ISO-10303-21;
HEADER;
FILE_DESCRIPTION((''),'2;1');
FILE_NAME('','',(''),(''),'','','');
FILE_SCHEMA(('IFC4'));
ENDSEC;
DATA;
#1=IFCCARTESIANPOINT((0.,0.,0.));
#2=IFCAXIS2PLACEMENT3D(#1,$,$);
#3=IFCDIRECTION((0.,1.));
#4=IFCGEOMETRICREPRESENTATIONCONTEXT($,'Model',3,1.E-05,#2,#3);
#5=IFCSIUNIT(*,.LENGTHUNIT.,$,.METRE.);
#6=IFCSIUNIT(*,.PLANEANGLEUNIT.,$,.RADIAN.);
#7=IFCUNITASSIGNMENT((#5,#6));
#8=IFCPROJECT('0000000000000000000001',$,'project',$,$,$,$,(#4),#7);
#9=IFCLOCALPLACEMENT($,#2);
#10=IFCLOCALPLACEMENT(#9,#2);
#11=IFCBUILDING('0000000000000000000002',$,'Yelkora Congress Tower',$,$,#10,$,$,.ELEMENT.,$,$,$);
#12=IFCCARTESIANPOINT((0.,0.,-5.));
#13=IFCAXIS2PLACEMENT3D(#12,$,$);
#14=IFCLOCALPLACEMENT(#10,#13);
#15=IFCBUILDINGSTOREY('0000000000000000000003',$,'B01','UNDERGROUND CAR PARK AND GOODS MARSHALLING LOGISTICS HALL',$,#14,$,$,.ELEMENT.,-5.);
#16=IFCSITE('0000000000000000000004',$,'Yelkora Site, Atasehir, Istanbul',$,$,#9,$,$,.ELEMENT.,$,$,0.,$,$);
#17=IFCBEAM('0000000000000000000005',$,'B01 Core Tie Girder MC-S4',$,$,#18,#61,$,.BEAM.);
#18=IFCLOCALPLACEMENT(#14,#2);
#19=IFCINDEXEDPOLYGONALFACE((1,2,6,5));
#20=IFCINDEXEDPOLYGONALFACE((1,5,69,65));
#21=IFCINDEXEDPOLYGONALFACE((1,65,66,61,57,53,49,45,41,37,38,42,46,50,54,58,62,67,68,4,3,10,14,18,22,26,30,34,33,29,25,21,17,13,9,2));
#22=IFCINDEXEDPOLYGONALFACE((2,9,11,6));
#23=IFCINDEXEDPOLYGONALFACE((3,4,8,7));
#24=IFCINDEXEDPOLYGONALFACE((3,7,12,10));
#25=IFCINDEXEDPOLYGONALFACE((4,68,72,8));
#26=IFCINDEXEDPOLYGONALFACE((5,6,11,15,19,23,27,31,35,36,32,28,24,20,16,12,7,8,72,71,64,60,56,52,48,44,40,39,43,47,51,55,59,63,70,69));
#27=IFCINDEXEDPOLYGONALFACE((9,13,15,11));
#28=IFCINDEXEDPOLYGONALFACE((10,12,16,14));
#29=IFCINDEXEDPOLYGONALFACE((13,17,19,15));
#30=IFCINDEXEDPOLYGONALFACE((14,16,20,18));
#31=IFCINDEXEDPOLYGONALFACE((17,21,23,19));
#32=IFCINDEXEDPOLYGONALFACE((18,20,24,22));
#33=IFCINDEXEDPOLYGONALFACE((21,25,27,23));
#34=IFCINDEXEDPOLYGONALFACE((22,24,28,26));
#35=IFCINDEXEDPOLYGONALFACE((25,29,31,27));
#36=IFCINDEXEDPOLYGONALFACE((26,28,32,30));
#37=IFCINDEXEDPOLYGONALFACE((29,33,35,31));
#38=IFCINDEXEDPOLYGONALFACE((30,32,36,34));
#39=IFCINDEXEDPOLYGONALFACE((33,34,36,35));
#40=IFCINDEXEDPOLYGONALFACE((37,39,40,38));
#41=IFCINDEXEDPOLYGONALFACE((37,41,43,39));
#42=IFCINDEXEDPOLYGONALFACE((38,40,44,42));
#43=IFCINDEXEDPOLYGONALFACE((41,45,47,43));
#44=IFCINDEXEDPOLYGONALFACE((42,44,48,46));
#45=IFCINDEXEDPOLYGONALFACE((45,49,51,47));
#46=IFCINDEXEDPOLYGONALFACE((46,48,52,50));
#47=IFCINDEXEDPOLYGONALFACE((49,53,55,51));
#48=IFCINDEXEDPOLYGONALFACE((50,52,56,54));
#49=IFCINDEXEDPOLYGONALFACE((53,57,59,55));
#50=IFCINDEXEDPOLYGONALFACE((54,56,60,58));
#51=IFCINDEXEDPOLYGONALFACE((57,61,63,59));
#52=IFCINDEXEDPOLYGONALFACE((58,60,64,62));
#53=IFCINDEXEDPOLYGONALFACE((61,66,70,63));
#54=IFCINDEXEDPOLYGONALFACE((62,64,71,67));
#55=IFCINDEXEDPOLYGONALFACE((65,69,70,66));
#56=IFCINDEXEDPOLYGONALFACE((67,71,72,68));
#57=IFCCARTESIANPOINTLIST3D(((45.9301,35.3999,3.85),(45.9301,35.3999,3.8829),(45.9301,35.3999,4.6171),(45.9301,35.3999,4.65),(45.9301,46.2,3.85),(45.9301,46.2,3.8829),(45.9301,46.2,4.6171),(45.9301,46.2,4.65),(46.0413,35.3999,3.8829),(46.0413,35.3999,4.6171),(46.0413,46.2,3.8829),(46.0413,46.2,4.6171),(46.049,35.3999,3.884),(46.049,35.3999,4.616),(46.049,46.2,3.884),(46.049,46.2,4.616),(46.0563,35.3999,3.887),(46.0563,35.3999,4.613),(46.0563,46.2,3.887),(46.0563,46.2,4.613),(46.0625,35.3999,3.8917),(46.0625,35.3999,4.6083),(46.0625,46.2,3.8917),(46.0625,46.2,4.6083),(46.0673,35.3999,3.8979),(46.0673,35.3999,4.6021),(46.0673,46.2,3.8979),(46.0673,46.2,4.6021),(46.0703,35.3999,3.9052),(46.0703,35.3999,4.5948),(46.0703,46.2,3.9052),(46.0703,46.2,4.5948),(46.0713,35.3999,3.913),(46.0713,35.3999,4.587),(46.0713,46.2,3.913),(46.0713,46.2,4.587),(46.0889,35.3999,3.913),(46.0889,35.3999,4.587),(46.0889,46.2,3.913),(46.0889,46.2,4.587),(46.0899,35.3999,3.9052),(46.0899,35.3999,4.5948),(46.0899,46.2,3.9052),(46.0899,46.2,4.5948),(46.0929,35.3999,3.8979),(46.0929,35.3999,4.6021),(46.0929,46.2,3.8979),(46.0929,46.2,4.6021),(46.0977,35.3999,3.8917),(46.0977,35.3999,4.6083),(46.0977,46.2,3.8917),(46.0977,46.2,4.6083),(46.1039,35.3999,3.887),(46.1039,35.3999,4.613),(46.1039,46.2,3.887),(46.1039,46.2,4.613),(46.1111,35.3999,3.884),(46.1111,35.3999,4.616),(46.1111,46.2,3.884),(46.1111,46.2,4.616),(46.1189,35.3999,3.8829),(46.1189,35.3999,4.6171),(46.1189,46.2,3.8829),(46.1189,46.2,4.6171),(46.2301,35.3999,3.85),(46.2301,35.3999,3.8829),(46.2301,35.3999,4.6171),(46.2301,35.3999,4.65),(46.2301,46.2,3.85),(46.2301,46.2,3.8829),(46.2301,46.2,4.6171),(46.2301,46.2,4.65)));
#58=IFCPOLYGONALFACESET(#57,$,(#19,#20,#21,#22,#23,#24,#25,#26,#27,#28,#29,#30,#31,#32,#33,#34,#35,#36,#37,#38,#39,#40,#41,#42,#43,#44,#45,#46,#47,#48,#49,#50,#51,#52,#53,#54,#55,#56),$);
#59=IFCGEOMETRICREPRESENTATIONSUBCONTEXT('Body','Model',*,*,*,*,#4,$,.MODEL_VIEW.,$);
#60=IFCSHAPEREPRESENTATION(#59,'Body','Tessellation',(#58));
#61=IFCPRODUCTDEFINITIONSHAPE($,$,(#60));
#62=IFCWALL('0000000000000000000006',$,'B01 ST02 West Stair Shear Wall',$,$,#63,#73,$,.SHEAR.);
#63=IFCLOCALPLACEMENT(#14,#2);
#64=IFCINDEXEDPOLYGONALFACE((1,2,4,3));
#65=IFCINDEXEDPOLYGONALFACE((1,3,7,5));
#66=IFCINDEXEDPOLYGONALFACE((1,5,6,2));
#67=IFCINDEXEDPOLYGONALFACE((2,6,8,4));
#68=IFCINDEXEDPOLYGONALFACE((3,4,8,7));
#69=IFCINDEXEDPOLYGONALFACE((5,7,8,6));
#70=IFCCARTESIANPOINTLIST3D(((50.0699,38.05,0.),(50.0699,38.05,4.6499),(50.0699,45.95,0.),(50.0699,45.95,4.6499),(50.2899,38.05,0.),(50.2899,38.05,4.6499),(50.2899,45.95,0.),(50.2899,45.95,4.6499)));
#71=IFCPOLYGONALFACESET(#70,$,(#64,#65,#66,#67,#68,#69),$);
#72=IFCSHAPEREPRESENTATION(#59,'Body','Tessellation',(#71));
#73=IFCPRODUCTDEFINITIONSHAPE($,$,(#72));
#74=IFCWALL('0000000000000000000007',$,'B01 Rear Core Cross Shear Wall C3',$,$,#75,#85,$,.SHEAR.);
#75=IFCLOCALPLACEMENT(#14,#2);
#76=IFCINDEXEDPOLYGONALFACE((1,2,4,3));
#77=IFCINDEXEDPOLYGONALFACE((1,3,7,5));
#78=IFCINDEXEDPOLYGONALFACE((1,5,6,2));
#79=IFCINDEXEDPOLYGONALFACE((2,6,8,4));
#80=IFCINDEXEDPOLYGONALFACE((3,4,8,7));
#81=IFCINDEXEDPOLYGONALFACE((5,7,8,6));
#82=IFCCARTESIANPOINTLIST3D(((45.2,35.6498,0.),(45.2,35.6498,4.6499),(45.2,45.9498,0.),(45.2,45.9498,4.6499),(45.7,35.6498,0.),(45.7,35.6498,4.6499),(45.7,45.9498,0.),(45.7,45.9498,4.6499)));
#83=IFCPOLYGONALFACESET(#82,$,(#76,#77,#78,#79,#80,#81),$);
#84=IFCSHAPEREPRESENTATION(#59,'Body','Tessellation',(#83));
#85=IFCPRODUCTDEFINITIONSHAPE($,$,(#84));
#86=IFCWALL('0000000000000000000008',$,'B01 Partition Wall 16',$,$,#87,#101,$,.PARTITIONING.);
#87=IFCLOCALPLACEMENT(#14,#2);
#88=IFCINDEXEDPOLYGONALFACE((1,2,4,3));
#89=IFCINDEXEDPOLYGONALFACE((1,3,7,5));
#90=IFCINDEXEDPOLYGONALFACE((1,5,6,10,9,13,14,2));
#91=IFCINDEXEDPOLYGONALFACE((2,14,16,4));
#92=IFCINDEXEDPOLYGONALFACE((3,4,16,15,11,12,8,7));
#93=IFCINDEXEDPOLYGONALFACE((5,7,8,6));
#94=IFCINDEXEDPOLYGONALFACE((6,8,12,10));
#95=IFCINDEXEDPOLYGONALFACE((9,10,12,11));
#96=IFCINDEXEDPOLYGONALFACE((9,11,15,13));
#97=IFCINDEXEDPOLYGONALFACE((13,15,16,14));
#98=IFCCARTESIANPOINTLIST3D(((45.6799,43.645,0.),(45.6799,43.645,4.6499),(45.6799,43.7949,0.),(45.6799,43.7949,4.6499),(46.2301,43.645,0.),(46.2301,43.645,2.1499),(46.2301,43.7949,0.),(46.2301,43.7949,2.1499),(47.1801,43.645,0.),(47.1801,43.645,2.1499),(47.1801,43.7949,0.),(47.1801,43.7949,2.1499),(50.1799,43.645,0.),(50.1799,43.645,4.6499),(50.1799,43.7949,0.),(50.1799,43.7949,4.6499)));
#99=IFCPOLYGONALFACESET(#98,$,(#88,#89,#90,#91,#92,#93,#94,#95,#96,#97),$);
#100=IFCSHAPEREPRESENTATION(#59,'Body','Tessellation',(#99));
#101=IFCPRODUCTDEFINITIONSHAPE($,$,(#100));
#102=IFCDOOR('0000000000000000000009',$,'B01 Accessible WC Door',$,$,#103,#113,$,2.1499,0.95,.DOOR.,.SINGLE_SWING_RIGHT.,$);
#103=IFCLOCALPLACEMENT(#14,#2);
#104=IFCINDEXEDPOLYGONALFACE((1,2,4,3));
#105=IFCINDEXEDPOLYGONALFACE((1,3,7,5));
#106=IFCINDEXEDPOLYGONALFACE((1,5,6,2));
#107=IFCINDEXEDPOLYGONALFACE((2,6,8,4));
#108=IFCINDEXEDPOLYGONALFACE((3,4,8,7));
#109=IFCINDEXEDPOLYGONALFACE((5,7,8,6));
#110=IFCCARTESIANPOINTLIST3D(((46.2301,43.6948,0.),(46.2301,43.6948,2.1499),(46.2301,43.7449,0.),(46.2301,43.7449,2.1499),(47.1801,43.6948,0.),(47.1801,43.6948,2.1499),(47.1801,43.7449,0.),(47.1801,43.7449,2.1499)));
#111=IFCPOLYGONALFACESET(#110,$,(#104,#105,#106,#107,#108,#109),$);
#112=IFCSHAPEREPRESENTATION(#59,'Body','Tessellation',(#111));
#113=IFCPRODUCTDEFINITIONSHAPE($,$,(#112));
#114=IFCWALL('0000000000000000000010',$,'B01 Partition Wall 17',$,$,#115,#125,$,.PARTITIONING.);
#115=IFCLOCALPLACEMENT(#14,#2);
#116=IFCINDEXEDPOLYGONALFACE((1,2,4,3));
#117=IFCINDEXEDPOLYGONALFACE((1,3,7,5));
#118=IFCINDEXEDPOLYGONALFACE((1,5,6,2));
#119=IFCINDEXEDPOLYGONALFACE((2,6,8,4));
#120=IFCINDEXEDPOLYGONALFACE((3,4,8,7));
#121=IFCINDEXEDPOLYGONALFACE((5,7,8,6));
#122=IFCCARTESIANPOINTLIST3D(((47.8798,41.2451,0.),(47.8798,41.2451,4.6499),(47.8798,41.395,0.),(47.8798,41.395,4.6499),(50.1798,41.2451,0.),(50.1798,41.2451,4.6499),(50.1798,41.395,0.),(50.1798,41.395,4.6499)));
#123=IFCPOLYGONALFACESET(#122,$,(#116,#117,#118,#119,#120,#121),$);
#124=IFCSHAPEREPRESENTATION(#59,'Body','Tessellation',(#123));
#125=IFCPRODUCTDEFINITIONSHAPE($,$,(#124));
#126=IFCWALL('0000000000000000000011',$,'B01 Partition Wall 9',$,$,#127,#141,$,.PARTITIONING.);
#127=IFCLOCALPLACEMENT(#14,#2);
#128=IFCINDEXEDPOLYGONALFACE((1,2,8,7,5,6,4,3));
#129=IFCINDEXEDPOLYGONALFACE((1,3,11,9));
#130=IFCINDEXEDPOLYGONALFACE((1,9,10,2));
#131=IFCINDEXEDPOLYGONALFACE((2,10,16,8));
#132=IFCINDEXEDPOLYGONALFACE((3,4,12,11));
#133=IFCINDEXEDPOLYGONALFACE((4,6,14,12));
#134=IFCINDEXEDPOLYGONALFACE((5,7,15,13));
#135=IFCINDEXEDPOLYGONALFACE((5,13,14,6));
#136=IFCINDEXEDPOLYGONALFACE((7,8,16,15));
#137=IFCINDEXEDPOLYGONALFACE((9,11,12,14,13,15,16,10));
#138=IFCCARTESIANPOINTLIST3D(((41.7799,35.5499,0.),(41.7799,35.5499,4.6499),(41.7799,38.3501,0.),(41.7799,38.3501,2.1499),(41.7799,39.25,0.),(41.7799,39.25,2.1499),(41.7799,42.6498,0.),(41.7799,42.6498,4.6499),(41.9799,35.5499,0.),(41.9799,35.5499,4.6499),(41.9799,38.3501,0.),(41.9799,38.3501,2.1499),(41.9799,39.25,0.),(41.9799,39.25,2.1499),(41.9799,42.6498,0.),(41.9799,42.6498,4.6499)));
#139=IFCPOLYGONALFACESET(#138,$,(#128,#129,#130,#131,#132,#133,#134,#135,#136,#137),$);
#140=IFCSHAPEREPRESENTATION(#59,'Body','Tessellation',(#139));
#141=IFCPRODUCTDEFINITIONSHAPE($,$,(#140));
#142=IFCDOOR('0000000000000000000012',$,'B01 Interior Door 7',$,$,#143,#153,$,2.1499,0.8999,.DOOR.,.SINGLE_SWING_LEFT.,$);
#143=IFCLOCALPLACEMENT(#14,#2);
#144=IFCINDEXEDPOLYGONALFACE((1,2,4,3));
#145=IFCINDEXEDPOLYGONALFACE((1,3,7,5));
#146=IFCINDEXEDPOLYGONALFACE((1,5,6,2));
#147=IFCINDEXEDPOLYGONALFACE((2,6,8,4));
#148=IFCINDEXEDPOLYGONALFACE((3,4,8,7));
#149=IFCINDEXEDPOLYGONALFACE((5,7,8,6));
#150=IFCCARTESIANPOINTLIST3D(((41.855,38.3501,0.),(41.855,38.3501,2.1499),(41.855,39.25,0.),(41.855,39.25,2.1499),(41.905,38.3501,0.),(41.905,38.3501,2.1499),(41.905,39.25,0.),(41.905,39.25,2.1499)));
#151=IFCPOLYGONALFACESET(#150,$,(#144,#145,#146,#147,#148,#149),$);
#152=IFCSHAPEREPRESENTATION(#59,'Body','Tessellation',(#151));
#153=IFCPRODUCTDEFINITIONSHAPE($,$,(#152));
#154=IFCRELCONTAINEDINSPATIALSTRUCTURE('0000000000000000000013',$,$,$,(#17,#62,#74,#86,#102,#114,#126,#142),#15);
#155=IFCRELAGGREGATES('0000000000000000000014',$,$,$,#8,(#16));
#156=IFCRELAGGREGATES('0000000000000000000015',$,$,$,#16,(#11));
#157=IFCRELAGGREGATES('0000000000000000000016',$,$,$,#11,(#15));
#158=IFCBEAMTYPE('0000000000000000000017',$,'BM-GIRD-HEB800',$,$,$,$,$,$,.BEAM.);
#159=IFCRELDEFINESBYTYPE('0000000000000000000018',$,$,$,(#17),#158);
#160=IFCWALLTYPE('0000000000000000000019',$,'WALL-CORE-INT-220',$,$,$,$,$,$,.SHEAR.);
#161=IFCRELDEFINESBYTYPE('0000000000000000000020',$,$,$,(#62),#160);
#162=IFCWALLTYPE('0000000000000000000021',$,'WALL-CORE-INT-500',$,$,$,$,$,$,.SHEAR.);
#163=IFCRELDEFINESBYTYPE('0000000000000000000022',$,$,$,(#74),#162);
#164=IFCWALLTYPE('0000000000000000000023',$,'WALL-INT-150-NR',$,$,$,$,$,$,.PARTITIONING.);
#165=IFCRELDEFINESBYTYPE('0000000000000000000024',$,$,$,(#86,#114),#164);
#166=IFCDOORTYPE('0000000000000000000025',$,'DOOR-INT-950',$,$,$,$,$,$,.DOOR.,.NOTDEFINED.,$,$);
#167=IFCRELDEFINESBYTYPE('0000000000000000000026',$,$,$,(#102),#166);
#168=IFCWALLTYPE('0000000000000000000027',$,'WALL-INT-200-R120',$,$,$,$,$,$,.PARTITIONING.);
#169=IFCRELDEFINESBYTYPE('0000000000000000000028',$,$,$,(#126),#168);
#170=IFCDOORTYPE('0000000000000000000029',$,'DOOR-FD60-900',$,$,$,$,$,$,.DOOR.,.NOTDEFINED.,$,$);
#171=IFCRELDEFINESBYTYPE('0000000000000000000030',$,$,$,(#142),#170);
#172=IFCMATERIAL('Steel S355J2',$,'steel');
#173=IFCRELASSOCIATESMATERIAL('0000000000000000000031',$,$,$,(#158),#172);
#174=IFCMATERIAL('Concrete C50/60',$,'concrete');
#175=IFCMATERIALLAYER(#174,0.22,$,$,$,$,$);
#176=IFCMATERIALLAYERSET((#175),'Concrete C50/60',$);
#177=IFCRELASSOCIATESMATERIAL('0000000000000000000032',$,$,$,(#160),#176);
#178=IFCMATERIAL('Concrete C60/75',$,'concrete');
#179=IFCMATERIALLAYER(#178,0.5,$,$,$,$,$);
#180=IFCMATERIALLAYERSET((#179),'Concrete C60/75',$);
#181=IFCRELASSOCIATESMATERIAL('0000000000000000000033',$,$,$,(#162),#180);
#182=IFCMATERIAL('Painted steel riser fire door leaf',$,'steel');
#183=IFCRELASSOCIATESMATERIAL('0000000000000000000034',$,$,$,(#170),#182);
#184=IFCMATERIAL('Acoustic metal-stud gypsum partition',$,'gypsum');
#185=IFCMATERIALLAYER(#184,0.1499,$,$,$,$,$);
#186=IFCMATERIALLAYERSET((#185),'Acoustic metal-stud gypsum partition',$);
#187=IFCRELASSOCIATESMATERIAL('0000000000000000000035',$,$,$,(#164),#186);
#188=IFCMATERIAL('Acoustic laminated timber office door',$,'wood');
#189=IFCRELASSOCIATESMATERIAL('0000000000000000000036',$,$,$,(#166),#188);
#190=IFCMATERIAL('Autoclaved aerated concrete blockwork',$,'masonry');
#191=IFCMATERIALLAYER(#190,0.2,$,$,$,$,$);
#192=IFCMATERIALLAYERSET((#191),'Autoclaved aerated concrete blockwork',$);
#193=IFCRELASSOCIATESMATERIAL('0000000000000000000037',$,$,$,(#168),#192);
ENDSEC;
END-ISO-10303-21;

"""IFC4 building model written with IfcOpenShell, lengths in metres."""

from ifc_helpers import new_model, si_unit, direction, frame, frame_2d, origin, origin_2d, place, context, subcontext, project, spatial, rectangle, i_section, extrude, material, layer, layer_set, material_profile, profile_set, type_object, element, fill, save


model = new_model("IFC4")

# Units and contexts
model_context = context("Model", 3, precision=1e-05, world=origin(), true_north=direction((0.0, 1.0)))
body_context = subcontext(model_context, "Body", "Model", "MODEL_VIEW")
ifc_project = project(units=[si_unit("LENGTHUNIT", "METRE"), si_unit("PLANEANGLEUNIT", "RADIAN")], contexts=[model_context])

# Site, building, storey
site_placement = place(None, origin())
site = spatial("IfcSite", under=ifc_project, at=site_placement, Name="Yelkora Site, Atasehir, Istanbul", CompositionType="ELEMENT", RefElevation=0.0)
building_placement = place(site_placement, origin())
building = spatial("IfcBuilding", under=site, at=building_placement, Name="Yelkora Congress Tower", CompositionType="ELEMENT")
storey_placement = place(building_placement, frame((0.0, 0.0, -5.0)))
storey = spatial("IfcBuildingStorey", under=building, at=storey_placement, Name="B01", Description="UNDERGROUND CAR PARK AND GOODS MARSHALLING LOGISTICS HALL", CompositionType="ELEMENT", Elevation=-5.0)

# Shared definitions
ifc_material_1 = material(Name="Concrete C60/75", Category="concrete")

# Beam
ifc_material_2 = material(Name="Steel S355J2", Category="steel")
ifc_material_profile_1 = material_profile(ifc_material_2, i_section(OverallWidth=0.3, OverallDepth=0.8, WebThickness=0.0176, FlangeThickness=0.033, FilletRadius=0.03, at=origin_2d()), Name="HEB 800")
ifc_profile_set_1 = profile_set([ifc_material_profile_1], Name="Steel S355J2")
beam_type = type_object("IfcBeamType", Name="BM-GIRD-HEB800", PredefinedType="BEAM", material=ifc_profile_set_1)
for number, where, z_axis, x_axis, name in (
    (1, (46.0801, 35.3999, 4.25), (0.0, 1.0, 0.0), (-1.0, 0.0, 0.0), "B01 Core Tie Girder MC-S4"),
):
    element("IfcBeam", number, at=place(storey_placement, frame(where, z_axis=z_axis, x_axis=x_axis)), inside=storey, type_object=beam_type, Name=name, PredefinedType="BEAM", context=body_context, shape_type="SweptSolid", body=[
        extrude(i_section(OverallWidth=0.3, OverallDepth=0.8, WebThickness=0.0176, FlangeThickness=0.033, FilletRadius=0.03, at=origin_2d()), origin(), (0.0, 0.0, 1.0), 10.8),
    ])

# Wall
ifc_material_3 = material(Name="Concrete C50/60", Category="concrete")
ifc_layer_1 = layer(ifc_material_3, 0.22)
ifc_layer_set_1 = layer_set([ifc_layer_1], Name="Concrete C50/60")
wall_type_1 = type_object("IfcWallType", Name="WALL-CORE-INT-220", PredefinedType="SHEAR", material=ifc_layer_set_1)
wall_1_placement = place(storey_placement, frame((50.1799, 38.05, 0.0), z_axis=(0.0, 0.0, 1.0), x_axis=(0.0, 1.0, 0.0)))
element("IfcWall", 2, at=wall_1_placement, inside=storey, type_object=wall_type_1, Name="B01 ST02 West Stair Shear Wall", PredefinedType="SHEAR", context=body_context, shape_type="SweptSolid", body=[
    extrude(rectangle(XDim=7.8999, YDim=0.22, at=frame_2d((3.95, 0.0))), origin(), (0.0, 0.0, 1.0), 4.6499),
])

# Shared definitions
ifc_layer_2 = layer(ifc_material_1, 0.5)
ifc_layer_set_2 = layer_set([ifc_layer_2], Name="Concrete C60/75")
wall_type_2 = type_object("IfcWallType", Name="WALL-CORE-INT-500", PredefinedType="SHEAR", material=ifc_layer_set_2)
ifc_material_4 = material(Name="Painted steel riser fire door leaf", Category="steel")
door_type_1 = type_object("IfcDoorType", Name="DOOR-FD60-900", OperationType="NOTDEFINED", PredefinedType="DOOR", material=ifc_material_4)

# Wall
wall_2_placement = place(storey_placement, frame((45.45, 35.6499, 0.0), z_axis=(0.0, 0.0, 1.0), x_axis=(0.0, 1.0, 0.0)))
element("IfcWall", 3, at=wall_2_placement, inside=storey, type_object=wall_type_2, Name="B01 Rear Core Cross Shear Wall C3", PredefinedType="SHEAR", context=body_context, shape_type="SweptSolid", body=[
    extrude(rectangle(XDim=10.3, YDim=0.5, at=frame_2d((5.1499, 0.0))), origin(), (0.0, 0.0, 1.0), 4.6499),
])

# Wall, opening, door
ifc_material_5 = material(Name="Acoustic metal-stud gypsum partition", Category="gypsum")
ifc_layer_3 = layer(ifc_material_5, 0.1499)
ifc_layer_set_3 = layer_set([ifc_layer_3], Name="Acoustic metal-stud gypsum partition")
wall_type_3 = type_object("IfcWallType", Name="WALL-INT-150-NR", PredefinedType="PARTITIONING", material=ifc_layer_set_3)
wall_3_placement = place(storey_placement, frame((45.6799, 43.72, 0.0), z_axis=(0.0, 0.0, 1.0), x_axis=(1.0, 0.0, 0.0)))
wall_3 = element("IfcWall", 4, at=wall_3_placement, inside=storey, type_object=wall_type_3, Name="B01 Partition Wall 16", PredefinedType="PARTITIONING", context=body_context, shape_type="SweptSolid", body=[
    extrude(rectangle(XDim=4.5, YDim=0.1499, at=frame_2d((2.25, 0.0))), origin(), (0.0, 0.0, 1.0), 4.6499),
])
opening_1_placement = place(wall_3_placement, frame((0.55, 0.0, 0.0)))
opening_1 = element("IfcOpeningElement", 5, at=opening_1_placement, cuts=wall_3, PredefinedType="OPENING", context=body_context, shape_type="SweptSolid", body=[
    extrude(rectangle(XDim=0.95, YDim=2.1499, at=frame_2d((0.4751, 1.075))), frame((0.0, 0.085, 0.0), z_axis=(0.0, -1.0, 0.0), x_axis=(1.0, 0.0, 0.0)), (0.0, 0.0, 1.0), 0.1699),
])
ifc_material_6 = material(Name="Acoustic laminated timber office door", Category="wood")
door_type_2 = type_object("IfcDoorType", Name="DOOR-INT-950", OperationType="NOTDEFINED", PredefinedType="DOOR", material=ifc_material_6)
door_1_placement = place(opening_1_placement, origin())
door_1 = element("IfcDoor", 6, at=door_1_placement, inside=storey, type_object=door_type_2, Name="B01 Accessible WC Door", OperationType="SINGLE_SWING_RIGHT", OverallHeight=2.1499, OverallWidth=0.95, PredefinedType="DOOR", context=body_context, shape_type="SweptSolid", body=[
    extrude(rectangle(XDim=0.95, YDim=2.1499, at=frame_2d((0.4751, 1.075))), frame((0.0, 0.0249, 0.0), z_axis=(0.0, -1.0, 0.0), x_axis=(1.0, 0.0, 0.0)), (0.0, 0.0, 1.0), 0.05),
])
fill(opening_1, door_1)

# Wall
wall_4_placement = place(storey_placement, frame((47.8799, 41.3201, 0.0), z_axis=(0.0, 0.0, 1.0), x_axis=(1.0, 0.0, 0.0)))
element("IfcWall", 7, at=wall_4_placement, inside=storey, type_object=wall_type_3, Name="B01 Partition Wall 17", PredefinedType="PARTITIONING", context=body_context, shape_type="SweptSolid", body=[
    extrude(rectangle(XDim=2.3, YDim=0.1499, at=frame_2d((1.1499, 0.0))), origin(), (0.0, 0.0, 1.0), 4.6499),
])

# Wall, opening, door
ifc_material_7 = material(Name="Autoclaved aerated concrete blockwork", Category="masonry")
ifc_layer_4 = layer(ifc_material_7, 0.2)
ifc_layer_set_4 = layer_set([ifc_layer_4], Name="Autoclaved aerated concrete blockwork")
wall_type_4 = type_object("IfcWallType", Name="WALL-INT-200-R120", PredefinedType="PARTITIONING", material=ifc_layer_set_4)
wall_5_placement = place(storey_placement, frame((41.8799, 35.55, 0.0), z_axis=(0.0, 0.0, 1.0), x_axis=(0.0, 1.0, 0.0)))
wall_5 = element("IfcWall", 8, at=wall_5_placement, inside=storey, type_object=wall_type_4, Name="B01 Partition Wall 9", PredefinedType="PARTITIONING", context=body_context, shape_type="SweptSolid", body=[
    extrude(rectangle(XDim=7.0999, YDim=0.2, at=frame_2d((3.5498, 0.0))), origin(), (0.0, 0.0, 1.0), 4.6499),
])
opening_2_placement = place(wall_5_placement, frame((2.8, 0.0, 0.0)))
opening_2 = element("IfcOpeningElement", 9, at=opening_2_placement, cuts=wall_5, PredefinedType="OPENING", context=body_context, shape_type="SweptSolid", body=[
    extrude(rectangle(XDim=0.8999, YDim=2.1499, at=frame_2d((0.45, 1.075))), frame((0.0, 0.1099, 0.0), z_axis=(0.0, -1.0, 0.0), x_axis=(1.0, 0.0, 0.0)), (0.0, 0.0, 1.0), 0.22),
])
door_2_placement = place(opening_2_placement, origin())
door_2 = element("IfcDoor", 10, at=door_2_placement, inside=storey, type_object=door_type_1, Name="B01 Interior Door 7", OperationType="SINGLE_SWING_LEFT", OverallHeight=2.1499, OverallWidth=0.8999, PredefinedType="DOOR", context=body_context, shape_type="SweptSolid", body=[
    extrude(rectangle(XDim=0.8999, YDim=2.1499, at=frame_2d((0.45, 1.075))), frame((0.0, 0.0249, 0.0), z_axis=(0.0, -1.0, 0.0), x_axis=(1.0, 0.0, 0.0)), (0.0, 0.0, 1.0), 0.05),
])
fill(opening_2, door_2)

save(model, "model.ifc")
